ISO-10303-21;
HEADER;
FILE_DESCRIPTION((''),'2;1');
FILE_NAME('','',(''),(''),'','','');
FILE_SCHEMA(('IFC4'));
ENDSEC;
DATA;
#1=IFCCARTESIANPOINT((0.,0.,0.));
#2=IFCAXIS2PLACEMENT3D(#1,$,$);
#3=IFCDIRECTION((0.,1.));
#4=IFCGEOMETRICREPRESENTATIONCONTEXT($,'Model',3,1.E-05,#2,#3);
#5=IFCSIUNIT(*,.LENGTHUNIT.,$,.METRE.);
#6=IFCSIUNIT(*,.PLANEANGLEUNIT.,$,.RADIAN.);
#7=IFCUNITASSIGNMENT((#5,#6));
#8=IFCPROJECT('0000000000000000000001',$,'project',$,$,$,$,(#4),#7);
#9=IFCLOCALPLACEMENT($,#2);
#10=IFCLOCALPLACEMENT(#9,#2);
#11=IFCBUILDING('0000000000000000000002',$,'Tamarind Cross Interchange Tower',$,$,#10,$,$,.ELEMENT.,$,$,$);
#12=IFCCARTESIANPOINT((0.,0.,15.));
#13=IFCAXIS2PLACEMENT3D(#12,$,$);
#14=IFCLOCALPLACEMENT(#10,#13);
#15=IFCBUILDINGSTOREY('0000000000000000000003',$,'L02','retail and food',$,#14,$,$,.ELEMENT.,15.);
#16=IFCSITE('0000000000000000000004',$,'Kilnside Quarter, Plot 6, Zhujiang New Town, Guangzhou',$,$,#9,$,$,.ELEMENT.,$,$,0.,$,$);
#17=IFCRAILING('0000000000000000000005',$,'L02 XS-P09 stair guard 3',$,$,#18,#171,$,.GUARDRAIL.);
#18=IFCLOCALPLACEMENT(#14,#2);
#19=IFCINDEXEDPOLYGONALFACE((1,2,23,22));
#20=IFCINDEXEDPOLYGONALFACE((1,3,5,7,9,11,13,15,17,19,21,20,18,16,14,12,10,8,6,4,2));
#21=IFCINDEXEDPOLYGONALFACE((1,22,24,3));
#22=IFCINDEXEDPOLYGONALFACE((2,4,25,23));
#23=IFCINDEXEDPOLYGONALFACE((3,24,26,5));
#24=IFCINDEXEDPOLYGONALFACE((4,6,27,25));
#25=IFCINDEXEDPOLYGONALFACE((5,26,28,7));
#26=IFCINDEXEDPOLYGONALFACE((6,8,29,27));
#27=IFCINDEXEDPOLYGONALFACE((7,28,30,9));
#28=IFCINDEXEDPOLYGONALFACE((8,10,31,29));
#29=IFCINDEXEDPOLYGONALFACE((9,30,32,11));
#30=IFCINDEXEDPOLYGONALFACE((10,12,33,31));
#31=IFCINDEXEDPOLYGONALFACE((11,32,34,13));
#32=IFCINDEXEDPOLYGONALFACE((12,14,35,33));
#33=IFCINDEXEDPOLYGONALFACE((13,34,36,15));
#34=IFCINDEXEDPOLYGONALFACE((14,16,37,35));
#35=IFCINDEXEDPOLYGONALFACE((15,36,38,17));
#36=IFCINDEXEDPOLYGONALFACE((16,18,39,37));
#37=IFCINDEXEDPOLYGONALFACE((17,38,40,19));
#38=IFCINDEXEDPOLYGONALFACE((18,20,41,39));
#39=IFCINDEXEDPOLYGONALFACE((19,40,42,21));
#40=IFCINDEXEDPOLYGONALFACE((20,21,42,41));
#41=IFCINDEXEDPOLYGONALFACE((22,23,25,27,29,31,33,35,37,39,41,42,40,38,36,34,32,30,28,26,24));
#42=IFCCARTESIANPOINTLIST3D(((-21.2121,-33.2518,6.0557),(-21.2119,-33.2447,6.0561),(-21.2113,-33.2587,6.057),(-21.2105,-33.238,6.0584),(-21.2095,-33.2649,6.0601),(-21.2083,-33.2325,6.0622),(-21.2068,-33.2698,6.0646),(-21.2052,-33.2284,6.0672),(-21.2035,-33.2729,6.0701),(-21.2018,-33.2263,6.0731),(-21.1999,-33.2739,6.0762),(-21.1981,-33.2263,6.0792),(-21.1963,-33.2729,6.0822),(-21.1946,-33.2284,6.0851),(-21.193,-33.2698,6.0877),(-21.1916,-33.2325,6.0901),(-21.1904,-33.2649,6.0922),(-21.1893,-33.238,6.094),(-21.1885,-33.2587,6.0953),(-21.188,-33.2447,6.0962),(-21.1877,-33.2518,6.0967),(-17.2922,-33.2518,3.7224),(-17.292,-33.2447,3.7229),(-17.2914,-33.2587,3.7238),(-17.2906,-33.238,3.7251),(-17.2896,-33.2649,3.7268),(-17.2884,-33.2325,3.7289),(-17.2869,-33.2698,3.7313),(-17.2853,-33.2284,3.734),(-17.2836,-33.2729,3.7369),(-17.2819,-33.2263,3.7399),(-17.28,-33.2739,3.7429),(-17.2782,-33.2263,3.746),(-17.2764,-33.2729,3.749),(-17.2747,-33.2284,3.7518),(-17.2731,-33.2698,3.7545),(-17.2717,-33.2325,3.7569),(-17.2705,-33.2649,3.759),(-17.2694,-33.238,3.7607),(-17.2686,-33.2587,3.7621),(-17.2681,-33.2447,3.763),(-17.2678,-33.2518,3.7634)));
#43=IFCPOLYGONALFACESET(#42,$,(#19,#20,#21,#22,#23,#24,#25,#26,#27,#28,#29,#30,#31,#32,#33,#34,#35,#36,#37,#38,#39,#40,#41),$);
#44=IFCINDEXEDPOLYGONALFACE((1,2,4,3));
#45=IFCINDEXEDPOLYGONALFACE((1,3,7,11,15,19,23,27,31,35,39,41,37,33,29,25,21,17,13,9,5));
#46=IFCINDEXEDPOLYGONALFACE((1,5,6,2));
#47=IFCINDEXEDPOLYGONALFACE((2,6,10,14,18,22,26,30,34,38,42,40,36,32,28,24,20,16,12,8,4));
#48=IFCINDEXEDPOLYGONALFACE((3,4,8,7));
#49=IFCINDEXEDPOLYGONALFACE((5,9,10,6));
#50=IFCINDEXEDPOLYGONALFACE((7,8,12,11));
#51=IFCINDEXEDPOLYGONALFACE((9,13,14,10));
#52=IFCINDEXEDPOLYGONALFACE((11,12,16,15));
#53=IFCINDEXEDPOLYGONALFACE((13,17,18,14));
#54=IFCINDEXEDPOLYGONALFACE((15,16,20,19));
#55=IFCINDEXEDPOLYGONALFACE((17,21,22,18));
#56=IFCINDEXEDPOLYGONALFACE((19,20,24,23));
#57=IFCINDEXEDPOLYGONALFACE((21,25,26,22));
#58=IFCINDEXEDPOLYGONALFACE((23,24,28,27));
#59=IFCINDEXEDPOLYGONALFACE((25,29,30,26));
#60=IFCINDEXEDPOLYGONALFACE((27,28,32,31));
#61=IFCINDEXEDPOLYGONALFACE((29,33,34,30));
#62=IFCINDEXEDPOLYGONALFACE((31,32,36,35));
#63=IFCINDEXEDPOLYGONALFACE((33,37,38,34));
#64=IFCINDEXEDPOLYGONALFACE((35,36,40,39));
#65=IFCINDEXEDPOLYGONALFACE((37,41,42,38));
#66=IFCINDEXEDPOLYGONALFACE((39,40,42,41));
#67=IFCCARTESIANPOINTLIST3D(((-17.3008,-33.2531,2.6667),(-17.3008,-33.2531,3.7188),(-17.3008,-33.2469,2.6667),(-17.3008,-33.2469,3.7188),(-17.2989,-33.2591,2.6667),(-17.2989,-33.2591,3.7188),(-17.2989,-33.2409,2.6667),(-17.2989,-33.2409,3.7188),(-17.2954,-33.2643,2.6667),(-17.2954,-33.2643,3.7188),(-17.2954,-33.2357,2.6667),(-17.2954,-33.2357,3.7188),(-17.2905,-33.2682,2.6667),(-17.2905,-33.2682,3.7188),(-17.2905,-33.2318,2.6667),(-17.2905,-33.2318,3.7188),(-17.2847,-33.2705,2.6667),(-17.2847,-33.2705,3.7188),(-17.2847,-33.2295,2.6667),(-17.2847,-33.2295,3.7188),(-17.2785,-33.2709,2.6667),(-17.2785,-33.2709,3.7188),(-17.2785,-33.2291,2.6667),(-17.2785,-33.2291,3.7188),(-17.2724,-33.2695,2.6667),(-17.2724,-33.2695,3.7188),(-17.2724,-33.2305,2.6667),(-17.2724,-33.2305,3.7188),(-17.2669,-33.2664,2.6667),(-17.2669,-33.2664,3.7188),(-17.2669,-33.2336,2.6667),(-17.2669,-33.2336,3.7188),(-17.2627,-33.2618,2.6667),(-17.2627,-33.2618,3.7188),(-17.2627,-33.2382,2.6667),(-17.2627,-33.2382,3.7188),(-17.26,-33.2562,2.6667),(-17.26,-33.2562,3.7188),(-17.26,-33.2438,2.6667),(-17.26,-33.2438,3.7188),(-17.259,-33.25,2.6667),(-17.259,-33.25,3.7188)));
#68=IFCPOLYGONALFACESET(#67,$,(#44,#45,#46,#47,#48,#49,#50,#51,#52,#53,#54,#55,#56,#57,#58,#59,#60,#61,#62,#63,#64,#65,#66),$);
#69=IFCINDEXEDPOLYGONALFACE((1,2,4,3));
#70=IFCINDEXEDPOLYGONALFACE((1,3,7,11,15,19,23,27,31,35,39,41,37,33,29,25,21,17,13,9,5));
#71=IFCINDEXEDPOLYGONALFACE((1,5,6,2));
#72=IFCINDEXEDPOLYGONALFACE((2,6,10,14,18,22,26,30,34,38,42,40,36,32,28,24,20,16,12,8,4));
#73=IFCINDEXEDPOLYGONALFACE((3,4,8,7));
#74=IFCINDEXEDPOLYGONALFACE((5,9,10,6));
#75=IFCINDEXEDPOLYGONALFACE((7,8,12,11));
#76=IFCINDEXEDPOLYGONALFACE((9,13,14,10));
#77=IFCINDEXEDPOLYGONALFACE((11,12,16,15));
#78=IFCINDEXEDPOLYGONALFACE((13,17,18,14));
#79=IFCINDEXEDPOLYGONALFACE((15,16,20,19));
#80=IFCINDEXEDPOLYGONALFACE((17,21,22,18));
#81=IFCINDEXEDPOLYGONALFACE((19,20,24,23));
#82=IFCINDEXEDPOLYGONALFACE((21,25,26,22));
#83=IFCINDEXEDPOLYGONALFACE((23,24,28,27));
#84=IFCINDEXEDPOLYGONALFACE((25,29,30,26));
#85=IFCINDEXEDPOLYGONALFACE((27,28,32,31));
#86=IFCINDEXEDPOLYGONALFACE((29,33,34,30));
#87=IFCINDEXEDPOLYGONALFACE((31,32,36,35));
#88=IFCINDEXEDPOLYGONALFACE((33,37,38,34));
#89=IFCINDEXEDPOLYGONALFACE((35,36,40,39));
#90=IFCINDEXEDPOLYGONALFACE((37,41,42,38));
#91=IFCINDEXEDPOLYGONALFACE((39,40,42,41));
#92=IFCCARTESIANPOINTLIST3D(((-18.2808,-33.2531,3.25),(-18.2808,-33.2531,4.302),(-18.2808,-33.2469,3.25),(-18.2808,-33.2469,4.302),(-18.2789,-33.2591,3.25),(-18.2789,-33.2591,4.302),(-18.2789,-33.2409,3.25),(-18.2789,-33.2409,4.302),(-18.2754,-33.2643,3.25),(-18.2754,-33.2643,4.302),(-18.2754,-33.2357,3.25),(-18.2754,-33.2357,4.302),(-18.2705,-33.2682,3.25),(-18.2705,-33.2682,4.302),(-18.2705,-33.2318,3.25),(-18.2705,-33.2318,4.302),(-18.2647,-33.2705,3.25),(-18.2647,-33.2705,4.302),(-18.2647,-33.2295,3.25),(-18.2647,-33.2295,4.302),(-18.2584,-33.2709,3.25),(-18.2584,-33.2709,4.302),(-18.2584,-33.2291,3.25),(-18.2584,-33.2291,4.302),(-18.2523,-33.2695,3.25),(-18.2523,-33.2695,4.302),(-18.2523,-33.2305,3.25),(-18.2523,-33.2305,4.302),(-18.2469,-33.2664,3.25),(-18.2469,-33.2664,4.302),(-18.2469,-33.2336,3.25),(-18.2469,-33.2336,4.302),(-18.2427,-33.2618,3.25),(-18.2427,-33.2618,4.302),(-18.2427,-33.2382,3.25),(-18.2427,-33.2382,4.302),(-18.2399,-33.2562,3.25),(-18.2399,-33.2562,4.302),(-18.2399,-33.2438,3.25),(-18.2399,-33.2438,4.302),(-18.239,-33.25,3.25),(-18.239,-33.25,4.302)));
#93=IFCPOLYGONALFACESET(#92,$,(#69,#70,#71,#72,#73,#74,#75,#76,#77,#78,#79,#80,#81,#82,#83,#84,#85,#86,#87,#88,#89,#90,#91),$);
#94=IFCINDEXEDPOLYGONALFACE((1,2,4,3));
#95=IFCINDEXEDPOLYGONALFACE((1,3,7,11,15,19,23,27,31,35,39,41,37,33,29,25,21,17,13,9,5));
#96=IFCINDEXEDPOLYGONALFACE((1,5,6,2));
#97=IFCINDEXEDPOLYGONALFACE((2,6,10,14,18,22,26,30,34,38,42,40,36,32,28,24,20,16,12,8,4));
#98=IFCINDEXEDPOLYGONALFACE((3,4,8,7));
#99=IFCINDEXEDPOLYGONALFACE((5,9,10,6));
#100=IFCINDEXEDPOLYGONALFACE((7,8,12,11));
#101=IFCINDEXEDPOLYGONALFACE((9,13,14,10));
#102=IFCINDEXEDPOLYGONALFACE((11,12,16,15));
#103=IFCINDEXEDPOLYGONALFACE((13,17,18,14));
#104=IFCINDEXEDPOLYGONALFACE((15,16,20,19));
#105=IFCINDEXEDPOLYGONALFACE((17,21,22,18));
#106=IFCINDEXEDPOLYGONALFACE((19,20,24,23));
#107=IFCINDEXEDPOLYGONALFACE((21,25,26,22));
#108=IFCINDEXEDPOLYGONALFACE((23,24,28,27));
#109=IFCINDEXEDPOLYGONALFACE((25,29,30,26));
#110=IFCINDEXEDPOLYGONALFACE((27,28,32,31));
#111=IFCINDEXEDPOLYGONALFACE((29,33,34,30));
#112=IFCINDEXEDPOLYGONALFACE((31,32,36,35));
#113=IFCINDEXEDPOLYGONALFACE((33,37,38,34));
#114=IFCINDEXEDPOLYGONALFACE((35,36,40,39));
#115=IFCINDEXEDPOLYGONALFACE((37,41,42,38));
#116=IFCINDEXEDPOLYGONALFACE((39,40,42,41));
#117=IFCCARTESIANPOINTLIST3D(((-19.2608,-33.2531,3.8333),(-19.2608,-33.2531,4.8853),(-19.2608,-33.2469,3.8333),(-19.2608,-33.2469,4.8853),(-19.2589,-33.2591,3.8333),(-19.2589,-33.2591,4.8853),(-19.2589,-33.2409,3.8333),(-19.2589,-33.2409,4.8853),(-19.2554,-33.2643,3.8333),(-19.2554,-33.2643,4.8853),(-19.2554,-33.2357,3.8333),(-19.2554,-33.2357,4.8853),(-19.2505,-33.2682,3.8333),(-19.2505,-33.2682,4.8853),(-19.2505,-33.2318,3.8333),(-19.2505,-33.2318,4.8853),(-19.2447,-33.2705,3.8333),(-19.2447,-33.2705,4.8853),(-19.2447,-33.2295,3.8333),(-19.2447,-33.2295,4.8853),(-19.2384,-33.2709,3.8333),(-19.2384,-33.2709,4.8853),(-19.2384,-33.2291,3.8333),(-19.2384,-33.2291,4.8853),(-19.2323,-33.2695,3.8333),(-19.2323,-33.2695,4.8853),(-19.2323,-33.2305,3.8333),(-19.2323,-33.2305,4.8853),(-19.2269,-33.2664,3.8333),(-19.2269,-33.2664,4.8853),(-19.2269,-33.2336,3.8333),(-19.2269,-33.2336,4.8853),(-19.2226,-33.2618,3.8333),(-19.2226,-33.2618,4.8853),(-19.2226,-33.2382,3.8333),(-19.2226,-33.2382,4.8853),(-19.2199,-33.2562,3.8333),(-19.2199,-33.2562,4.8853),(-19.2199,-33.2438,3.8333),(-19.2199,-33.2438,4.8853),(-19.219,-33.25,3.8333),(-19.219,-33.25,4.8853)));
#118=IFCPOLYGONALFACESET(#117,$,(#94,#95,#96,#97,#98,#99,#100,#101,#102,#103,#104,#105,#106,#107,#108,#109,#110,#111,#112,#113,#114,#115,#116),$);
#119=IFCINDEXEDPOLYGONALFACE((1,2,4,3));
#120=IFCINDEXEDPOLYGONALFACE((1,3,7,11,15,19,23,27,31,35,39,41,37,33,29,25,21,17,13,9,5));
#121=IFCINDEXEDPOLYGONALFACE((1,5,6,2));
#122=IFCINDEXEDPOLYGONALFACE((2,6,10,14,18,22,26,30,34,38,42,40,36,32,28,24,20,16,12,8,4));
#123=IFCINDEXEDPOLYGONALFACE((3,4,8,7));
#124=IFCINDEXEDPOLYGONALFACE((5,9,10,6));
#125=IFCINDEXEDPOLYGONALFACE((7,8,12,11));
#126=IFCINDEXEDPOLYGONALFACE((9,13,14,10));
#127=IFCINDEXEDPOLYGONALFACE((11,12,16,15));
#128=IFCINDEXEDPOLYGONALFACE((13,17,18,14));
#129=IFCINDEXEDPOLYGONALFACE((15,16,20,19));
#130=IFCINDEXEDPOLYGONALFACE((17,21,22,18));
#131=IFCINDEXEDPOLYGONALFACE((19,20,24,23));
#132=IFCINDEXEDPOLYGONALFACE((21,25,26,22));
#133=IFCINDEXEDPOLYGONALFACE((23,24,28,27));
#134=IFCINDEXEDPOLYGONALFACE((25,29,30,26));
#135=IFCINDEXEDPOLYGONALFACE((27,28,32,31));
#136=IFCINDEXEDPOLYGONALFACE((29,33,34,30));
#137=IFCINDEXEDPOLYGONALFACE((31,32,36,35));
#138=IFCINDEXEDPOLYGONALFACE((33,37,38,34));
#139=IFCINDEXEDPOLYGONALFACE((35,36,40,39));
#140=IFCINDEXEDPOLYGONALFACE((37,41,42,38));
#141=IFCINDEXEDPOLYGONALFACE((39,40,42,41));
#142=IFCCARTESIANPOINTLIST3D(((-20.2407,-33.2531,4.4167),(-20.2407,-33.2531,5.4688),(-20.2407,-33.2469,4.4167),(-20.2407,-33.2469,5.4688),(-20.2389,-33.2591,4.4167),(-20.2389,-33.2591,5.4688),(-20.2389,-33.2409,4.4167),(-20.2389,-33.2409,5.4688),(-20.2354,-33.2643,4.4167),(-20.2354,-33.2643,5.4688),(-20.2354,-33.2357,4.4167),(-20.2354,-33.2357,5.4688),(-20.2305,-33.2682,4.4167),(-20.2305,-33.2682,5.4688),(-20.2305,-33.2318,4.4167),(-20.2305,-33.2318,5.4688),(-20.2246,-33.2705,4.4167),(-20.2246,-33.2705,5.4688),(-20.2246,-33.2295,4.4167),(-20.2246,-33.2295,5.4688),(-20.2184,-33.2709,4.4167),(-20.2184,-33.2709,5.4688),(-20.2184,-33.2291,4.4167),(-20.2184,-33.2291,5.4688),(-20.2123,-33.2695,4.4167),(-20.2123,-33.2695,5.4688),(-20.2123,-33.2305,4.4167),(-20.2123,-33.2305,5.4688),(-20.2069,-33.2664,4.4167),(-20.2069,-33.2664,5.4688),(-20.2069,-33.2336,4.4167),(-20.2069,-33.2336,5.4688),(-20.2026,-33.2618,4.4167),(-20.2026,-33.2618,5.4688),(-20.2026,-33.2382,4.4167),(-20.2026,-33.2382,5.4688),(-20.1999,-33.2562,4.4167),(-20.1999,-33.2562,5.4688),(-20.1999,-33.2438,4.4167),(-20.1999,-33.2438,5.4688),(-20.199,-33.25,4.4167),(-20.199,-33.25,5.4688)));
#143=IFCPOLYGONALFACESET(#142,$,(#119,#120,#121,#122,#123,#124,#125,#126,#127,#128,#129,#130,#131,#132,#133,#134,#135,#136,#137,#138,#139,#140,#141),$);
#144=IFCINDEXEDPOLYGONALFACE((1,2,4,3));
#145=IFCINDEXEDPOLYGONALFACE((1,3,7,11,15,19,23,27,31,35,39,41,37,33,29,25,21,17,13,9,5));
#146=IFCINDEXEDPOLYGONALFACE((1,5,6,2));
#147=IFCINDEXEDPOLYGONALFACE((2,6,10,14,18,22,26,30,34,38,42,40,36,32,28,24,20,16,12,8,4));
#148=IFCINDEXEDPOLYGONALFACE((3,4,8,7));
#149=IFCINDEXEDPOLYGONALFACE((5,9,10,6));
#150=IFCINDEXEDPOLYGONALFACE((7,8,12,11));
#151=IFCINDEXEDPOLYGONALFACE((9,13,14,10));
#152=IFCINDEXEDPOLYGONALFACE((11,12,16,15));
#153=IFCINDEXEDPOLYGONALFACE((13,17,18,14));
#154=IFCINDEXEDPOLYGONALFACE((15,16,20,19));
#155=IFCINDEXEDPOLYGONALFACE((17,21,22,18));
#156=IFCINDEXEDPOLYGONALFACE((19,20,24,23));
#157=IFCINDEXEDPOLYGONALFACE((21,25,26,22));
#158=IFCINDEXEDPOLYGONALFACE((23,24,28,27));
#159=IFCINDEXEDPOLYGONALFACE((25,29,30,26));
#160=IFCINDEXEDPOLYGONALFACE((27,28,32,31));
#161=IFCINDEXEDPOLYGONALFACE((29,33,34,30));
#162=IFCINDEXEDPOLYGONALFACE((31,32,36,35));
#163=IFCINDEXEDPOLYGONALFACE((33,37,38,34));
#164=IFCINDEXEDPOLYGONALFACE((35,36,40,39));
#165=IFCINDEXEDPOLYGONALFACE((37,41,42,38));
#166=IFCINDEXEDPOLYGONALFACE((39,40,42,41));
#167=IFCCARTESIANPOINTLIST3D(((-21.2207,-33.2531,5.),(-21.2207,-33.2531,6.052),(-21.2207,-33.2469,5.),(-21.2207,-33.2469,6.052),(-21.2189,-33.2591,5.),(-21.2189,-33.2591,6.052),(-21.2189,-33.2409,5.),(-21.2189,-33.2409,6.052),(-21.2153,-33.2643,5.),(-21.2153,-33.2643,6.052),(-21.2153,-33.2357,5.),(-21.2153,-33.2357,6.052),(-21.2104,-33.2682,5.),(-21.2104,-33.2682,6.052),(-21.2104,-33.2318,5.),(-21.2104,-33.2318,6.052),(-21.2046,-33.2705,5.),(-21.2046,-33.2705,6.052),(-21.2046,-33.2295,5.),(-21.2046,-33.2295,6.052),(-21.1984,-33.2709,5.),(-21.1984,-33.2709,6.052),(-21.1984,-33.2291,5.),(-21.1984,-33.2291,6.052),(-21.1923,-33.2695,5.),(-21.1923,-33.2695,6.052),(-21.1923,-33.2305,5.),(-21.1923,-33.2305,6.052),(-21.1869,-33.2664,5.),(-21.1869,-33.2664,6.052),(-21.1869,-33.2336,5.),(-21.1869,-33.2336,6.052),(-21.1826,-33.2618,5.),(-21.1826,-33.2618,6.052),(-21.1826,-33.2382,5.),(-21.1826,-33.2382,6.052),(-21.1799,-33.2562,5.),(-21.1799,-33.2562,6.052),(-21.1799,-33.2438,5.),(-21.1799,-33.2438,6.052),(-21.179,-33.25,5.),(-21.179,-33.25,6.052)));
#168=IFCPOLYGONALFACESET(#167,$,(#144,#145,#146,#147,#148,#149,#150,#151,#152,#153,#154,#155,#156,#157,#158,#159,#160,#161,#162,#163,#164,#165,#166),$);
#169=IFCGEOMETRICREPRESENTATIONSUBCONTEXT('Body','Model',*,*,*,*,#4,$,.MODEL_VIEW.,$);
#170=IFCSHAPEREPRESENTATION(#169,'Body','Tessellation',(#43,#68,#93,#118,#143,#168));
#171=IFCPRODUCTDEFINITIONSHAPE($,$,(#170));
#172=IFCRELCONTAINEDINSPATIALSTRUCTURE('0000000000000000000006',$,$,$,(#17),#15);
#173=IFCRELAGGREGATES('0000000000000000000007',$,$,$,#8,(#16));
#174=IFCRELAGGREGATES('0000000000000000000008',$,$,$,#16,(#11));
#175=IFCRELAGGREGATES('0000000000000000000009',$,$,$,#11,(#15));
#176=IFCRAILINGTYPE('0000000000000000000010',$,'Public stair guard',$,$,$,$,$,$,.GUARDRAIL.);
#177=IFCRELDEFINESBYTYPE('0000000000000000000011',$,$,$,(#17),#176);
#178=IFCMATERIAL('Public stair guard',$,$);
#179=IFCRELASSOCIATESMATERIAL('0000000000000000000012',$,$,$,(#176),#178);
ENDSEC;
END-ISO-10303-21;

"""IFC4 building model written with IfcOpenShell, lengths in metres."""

from ifc_helpers import new_model, si_unit, direction, frame, origin, origin_2d, place, context, subcontext, project, spatial, circle, extrude, material, type_object, element, save


model = new_model("IFC4")

# Units and contexts
model_context = context("Model", 3, precision=1e-05, world=origin(), true_north=direction((0.0, 1.0)))
body_context = subcontext(model_context, "Body", "Model", "MODEL_VIEW")
ifc_project = project(units=[si_unit("LENGTHUNIT", "METRE"), si_unit("PLANEANGLEUNIT", "RADIAN")], contexts=[model_context])

# Site, building, storey
site_placement = place(None, origin())
site = spatial("IfcSite", under=ifc_project, at=site_placement, Name="Kilnside Quarter, Plot 6, Zhujiang New Town, Guangzhou", CompositionType="ELEMENT", RefElevation=0.0)
building_placement = place(site_placement, origin())
building = spatial("IfcBuilding", under=site, at=building_placement, Name="Tamarind Cross Interchange Tower", CompositionType="ELEMENT")
storey_placement = place(building_placement, frame((0.0, 0.0, 15.0)))
storey = spatial("IfcBuildingStorey", under=building, at=storey_placement, Name="L02", Description="retail and food", CompositionType="ELEMENT", Elevation=15.0)

# Railing
ifc_material_1 = material(Name="Public stair guard")
railing_type_1 = type_object("IfcRailingType", Name="Public stair guard", PredefinedType="GUARDRAIL", material=ifc_material_1)
railing_1_placement = place(storey_placement, frame((-17.28, -33.25, 2.6667)))
element("IfcRailing", 1, at=railing_1_placement, inside=storey, type_object=railing_type_1, Name="L02 XS-P09 stair guard 3", PredefinedType="GUARDRAIL", context=body_context, shape_type="SweptSolid", body=[
    extrude(circle(Radius=0.0239, at=origin_2d()), frame((0.0, 0.0, 1.0762), z_axis=(-0.859296, 0.0, 0.511478), x_axis=(0.0, -1.0, 0.0)), (0.0, 0.0, 1.0), 4.5618),
    extrude(circle(Radius=0.021, at=origin_2d()), origin(), (0.0, 0.0, 1.0), 1.052),
    extrude(circle(Radius=0.021, at=origin_2d()), frame((-0.98, 0.0, 0.5833)), (0.0, 0.0, 1.0), 1.052),
    extrude(circle(Radius=0.021, at=origin_2d()), frame((-1.96, 0.0, 1.1665)), (0.0, 0.0, 1.0), 1.052),
    extrude(circle(Radius=0.021, at=origin_2d()), frame((-2.9399, 0.0, 1.75)), (0.0, 0.0, 1.0), 1.052),
    extrude(circle(Radius=0.021, at=origin_2d()), frame((-3.9199, 0.0, 2.3333)), (0.0, 0.0, 1.0), 1.052),
])

save(model, "model.ifc")
